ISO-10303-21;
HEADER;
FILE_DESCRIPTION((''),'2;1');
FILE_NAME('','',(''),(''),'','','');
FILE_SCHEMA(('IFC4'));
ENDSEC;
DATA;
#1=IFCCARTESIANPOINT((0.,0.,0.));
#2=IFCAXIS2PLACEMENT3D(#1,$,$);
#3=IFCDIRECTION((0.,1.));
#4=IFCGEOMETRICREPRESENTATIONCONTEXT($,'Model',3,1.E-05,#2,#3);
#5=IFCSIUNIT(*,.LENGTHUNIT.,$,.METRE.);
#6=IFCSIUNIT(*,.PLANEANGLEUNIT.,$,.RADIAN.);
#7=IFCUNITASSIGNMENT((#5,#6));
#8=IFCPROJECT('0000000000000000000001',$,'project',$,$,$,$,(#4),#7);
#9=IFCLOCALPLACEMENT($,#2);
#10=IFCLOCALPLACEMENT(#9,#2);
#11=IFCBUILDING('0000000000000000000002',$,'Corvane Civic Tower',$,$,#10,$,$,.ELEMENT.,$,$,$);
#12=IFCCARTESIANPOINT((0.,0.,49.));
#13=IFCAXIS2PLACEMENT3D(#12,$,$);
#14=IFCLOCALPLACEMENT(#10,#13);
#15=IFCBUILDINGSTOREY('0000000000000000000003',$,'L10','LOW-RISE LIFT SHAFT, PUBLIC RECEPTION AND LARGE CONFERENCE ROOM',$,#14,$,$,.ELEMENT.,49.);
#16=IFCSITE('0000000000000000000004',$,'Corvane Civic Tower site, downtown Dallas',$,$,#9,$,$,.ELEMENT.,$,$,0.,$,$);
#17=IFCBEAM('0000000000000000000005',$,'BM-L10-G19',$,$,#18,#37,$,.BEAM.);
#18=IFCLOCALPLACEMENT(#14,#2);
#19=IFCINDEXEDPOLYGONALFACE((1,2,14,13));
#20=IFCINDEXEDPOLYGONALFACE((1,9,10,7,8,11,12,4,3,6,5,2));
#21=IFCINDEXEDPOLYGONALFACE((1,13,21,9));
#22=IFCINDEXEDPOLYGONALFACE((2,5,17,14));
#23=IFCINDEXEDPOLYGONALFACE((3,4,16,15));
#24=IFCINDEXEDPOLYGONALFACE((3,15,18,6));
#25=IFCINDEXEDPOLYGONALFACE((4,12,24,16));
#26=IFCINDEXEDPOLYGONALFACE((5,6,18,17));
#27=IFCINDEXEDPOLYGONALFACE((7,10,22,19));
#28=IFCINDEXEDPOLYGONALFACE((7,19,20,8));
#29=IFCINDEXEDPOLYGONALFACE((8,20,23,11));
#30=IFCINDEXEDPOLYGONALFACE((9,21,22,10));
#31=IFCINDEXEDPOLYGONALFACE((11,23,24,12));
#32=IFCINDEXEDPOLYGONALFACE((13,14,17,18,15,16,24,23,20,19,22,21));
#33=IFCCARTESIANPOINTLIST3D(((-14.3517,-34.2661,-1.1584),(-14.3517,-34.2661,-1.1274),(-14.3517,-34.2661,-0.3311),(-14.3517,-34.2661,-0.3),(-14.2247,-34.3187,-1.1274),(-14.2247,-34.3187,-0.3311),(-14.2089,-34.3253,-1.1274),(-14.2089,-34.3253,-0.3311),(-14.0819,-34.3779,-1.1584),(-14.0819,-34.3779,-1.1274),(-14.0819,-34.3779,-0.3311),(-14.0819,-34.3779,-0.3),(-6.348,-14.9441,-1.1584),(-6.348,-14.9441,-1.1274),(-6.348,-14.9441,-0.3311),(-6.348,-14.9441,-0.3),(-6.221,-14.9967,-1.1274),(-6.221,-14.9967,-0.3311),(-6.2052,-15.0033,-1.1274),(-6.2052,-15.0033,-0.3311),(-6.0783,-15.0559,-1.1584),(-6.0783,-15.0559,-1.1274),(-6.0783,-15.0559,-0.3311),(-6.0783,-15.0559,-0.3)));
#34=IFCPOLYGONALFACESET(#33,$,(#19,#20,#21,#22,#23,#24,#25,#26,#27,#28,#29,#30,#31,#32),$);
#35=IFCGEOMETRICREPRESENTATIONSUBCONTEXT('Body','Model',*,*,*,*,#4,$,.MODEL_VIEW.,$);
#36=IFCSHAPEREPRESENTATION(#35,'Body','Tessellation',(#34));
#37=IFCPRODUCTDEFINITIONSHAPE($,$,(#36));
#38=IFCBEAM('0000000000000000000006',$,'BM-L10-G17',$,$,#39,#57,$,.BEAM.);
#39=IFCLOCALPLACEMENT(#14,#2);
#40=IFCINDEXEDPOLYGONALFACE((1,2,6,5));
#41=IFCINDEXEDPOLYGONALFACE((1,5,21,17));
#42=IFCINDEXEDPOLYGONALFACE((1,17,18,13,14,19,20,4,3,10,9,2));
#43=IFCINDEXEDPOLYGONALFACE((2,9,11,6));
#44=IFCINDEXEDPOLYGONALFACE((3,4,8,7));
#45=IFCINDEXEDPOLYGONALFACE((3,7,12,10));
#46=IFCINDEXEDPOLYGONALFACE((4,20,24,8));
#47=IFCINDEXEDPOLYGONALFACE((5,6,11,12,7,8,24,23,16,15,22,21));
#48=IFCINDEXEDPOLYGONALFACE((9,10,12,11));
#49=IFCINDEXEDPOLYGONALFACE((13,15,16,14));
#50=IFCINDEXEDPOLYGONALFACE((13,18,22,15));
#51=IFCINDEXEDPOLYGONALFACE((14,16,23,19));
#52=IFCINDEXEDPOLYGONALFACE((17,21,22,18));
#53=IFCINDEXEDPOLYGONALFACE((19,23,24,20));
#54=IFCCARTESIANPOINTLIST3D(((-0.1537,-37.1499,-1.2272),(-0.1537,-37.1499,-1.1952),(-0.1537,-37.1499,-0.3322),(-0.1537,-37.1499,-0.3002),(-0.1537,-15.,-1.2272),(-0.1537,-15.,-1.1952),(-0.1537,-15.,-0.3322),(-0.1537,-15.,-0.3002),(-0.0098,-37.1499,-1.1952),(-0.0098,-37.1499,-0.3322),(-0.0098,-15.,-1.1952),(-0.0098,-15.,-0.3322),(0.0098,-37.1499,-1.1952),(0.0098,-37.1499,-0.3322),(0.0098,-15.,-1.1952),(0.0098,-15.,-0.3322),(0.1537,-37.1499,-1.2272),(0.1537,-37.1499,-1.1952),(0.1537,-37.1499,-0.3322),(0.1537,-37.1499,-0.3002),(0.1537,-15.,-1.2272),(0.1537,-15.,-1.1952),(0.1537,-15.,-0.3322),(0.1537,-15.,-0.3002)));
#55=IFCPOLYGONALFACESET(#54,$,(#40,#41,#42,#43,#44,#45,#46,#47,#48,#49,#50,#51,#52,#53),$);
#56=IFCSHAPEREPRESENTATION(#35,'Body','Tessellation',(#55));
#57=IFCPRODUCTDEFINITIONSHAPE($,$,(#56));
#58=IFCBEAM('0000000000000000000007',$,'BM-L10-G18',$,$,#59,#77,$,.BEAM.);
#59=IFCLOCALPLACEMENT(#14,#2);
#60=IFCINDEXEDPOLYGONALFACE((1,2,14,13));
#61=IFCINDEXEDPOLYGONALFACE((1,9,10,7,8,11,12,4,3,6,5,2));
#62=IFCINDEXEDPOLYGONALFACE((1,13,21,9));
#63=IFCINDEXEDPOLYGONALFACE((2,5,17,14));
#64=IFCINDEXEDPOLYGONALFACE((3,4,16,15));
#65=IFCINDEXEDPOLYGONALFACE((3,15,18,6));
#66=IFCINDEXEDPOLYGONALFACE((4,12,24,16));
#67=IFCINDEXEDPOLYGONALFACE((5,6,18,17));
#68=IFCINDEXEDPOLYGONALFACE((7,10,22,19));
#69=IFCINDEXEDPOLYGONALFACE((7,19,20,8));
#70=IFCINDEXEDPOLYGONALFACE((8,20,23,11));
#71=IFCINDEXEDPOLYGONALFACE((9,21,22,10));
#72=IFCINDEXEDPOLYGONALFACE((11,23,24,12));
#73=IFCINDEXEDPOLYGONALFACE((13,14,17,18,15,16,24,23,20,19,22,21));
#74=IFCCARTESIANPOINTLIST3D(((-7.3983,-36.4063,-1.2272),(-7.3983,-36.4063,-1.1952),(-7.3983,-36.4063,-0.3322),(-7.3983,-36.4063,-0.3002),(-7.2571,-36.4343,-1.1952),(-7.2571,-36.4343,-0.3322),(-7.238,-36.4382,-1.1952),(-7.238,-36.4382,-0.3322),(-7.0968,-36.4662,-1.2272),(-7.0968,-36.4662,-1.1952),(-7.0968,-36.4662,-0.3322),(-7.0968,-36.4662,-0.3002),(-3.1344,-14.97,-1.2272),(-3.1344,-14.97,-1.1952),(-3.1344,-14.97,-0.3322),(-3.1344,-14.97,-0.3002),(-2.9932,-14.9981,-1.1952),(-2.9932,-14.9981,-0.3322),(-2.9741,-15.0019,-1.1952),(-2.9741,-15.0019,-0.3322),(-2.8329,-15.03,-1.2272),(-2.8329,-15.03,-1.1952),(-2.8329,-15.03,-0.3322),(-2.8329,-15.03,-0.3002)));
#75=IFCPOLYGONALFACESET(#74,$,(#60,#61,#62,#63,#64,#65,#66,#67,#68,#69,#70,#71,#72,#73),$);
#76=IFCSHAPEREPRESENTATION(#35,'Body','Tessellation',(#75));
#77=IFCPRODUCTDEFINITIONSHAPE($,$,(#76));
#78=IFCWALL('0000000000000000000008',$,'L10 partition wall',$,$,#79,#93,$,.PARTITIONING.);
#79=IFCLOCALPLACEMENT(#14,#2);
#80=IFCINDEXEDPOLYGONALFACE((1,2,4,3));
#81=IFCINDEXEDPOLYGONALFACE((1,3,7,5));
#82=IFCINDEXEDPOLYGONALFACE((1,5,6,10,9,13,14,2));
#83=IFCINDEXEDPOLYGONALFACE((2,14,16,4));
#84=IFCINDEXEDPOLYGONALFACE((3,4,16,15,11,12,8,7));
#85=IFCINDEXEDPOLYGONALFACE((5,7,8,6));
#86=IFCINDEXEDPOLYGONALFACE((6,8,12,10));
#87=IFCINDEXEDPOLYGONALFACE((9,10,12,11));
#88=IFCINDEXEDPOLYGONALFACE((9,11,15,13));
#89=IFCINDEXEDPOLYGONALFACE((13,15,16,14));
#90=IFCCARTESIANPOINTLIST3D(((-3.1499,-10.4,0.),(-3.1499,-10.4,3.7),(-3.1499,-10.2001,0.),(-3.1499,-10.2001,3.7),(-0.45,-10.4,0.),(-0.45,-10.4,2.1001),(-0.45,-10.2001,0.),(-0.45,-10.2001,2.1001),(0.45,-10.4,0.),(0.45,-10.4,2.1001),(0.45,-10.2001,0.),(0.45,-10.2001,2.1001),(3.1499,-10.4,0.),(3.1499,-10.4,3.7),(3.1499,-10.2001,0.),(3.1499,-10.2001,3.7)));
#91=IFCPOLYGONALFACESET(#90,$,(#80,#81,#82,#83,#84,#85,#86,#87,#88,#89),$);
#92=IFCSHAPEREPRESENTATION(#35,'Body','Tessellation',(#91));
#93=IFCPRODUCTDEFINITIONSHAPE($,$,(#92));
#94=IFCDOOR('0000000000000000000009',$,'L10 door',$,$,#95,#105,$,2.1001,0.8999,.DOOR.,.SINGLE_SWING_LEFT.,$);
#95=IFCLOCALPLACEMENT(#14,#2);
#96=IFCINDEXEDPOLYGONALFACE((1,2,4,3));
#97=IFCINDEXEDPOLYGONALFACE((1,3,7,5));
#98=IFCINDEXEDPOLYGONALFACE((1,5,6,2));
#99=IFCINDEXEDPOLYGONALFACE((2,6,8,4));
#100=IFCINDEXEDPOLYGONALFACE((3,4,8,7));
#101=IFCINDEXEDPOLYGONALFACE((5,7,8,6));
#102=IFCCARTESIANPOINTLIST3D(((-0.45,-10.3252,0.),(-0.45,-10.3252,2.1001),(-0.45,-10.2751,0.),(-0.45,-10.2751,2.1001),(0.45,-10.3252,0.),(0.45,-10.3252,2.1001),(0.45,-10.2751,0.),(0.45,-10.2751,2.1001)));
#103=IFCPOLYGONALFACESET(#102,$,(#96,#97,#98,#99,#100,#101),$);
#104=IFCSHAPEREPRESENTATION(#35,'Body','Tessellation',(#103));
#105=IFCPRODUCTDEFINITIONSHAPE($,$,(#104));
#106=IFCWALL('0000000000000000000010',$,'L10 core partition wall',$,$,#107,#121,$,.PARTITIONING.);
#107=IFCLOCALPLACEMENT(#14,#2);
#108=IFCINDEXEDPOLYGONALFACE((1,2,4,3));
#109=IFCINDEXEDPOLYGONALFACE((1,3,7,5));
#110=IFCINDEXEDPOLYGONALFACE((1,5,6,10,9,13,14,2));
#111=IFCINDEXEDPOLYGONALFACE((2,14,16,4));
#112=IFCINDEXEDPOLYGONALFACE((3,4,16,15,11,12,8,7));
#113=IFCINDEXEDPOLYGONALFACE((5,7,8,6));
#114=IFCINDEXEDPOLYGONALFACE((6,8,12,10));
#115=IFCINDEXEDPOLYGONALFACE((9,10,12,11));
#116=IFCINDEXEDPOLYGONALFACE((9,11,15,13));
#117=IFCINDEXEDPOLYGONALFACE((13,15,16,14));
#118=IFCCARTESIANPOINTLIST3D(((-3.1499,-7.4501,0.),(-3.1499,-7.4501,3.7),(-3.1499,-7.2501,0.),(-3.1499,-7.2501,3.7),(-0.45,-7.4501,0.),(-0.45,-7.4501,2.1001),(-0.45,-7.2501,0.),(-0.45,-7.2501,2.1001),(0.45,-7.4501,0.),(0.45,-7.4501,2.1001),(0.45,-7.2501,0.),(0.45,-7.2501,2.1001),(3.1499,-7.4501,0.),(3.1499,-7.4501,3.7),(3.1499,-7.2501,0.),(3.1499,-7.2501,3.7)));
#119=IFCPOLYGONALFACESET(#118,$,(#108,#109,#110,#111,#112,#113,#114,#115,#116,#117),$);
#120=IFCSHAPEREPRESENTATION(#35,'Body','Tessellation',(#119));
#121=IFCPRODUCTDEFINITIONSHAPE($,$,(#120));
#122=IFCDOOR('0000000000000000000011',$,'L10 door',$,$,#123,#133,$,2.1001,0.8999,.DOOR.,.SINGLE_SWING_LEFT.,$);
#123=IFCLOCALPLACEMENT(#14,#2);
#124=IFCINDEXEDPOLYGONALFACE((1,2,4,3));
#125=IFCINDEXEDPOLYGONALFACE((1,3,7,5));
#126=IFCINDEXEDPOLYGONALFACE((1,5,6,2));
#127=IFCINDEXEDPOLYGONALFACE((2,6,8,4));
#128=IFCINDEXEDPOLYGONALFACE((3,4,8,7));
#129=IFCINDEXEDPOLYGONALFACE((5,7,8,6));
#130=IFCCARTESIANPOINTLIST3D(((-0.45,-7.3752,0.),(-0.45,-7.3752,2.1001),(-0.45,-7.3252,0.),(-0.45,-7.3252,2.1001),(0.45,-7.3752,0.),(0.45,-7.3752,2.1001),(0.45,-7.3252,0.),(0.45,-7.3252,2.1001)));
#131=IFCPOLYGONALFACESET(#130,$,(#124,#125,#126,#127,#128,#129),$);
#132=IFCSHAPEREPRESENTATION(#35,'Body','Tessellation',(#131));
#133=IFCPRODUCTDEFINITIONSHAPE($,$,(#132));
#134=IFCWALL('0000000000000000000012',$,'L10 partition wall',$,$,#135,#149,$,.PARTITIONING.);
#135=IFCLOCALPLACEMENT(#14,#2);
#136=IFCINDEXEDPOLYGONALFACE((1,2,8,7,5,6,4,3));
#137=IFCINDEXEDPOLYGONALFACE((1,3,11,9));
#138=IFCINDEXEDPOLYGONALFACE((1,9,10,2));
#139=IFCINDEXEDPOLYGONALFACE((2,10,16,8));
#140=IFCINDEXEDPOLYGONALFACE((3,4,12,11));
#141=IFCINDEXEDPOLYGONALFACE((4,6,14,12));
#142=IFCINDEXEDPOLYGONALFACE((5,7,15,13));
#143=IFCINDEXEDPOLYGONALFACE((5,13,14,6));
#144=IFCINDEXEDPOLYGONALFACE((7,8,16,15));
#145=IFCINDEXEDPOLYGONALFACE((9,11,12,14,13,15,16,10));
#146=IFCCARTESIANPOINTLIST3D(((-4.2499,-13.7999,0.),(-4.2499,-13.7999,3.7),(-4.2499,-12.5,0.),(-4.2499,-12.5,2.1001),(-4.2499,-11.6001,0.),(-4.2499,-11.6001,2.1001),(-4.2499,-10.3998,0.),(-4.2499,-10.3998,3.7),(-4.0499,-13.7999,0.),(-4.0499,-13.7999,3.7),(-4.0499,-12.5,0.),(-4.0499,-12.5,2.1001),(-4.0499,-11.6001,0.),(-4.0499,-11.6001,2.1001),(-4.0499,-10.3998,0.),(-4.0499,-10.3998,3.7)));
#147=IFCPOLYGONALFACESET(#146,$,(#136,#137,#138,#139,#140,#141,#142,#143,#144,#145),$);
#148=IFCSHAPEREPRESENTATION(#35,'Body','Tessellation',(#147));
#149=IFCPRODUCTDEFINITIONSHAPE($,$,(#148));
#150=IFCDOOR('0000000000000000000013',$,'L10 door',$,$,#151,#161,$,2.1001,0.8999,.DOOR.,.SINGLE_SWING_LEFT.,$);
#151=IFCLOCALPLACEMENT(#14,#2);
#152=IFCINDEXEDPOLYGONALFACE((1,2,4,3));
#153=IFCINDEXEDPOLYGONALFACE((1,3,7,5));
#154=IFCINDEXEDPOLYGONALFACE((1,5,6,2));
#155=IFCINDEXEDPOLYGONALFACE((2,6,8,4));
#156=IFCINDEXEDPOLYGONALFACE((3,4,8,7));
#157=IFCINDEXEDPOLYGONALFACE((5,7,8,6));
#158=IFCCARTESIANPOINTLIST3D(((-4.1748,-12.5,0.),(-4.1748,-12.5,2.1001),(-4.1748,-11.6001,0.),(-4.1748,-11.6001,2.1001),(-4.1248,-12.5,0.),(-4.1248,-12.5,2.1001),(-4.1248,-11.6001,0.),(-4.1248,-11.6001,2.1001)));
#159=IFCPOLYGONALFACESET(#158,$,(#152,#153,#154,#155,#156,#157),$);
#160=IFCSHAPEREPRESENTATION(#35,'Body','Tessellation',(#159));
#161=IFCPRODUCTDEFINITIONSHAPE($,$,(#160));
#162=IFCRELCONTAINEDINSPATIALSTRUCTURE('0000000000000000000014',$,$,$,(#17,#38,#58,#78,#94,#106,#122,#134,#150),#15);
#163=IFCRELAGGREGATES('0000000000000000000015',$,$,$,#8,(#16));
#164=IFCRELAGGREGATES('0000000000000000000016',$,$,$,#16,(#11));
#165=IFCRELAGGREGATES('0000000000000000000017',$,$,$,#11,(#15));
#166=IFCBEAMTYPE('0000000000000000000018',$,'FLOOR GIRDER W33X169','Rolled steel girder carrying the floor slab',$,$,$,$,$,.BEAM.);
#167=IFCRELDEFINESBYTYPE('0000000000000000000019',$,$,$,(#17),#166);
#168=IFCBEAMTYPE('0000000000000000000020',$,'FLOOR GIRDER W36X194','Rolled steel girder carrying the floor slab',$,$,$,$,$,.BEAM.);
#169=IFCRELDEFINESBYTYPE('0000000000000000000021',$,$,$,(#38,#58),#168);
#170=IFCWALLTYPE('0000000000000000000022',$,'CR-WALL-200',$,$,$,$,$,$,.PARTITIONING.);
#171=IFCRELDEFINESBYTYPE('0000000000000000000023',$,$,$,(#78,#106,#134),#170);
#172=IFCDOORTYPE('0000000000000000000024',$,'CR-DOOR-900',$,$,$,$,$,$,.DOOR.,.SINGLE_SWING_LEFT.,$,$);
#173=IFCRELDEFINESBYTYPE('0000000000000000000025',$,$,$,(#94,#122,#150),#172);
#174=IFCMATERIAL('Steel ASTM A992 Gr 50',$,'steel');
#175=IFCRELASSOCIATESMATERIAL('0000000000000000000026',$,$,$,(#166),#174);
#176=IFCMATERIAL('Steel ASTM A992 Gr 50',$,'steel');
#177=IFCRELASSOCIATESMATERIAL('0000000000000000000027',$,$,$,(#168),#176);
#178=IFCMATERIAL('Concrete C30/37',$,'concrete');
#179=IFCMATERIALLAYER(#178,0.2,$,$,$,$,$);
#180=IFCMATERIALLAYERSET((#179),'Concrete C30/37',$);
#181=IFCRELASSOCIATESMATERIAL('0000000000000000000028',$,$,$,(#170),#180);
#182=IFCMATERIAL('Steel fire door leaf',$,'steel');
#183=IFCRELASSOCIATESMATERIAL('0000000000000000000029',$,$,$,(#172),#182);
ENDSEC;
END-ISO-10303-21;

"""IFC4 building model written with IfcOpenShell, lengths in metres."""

from ifc_helpers import new_model, si_unit, direction, frame, frame_2d, origin, origin_2d, place, context, subcontext, project, spatial, rectangle, i_section, extrude, material, layer, layer_set, material_profile, profile_set, type_object, element, fill, save


model = new_model("IFC4")

# Units and contexts
model_context = context("Model", 3, precision=1e-05, world=origin(), true_north=direction((0.0, 1.0)))
body_context = subcontext(model_context, "Body", "Model", "MODEL_VIEW")
ifc_project = project(units=[si_unit("LENGTHUNIT", "METRE"), si_unit("PLANEANGLEUNIT", "RADIAN")], contexts=[model_context])

# Site, building, storey
site_placement = place(None, origin())
site = spatial("IfcSite", under=ifc_project, at=site_placement, Name="Corvane Civic Tower site, downtown Dallas", CompositionType="ELEMENT", RefElevation=0.0)
building_placement = place(site_placement, origin())
building = spatial("IfcBuilding", under=site, at=building_placement, Name="Corvane Civic Tower", CompositionType="ELEMENT")
storey_placement = place(building_placement, frame((0.0, 0.0, 49.0)))
storey = spatial("IfcBuildingStorey", under=building, at=storey_placement, Name="L10", Description="LOW-RISE LIFT SHAFT, PUBLIC RECEPTION AND LARGE CONFERENCE ROOM", CompositionType="ELEMENT", Elevation=49.0)

# Beams
ifc_material_1 = material(Name="Steel ASTM A992 Gr 50", Category="steel")
ifc_material_profile_1 = material_profile(ifc_material_1, i_section(OverallWidth=0.292, OverallDepth=0.8584, WebThickness=0.0171, FlangeThickness=0.031, at=origin_2d()), Name="W33X169")
ifc_profile_set_1 = profile_set([ifc_material_profile_1], Name="Steel ASTM A992 Gr 50")
beam_type_1 = type_object("IfcBeamType", Name="FLOOR GIRDER W33X169", Description="Rolled steel girder carrying the floor slab", PredefinedType="BEAM", material=ifc_profile_set_1)
beam_1_placement = place(storey_placement, frame((-6.2131, -15.0, -0.7292), z_axis=(-0.382692, -0.923876, 0.0), x_axis=(0.923876, -0.382692, 0.0)))
element("IfcBeam", 1, at=beam_1_placement, inside=storey, type_object=beam_type_1, Name="BM-L10-G19", PredefinedType="BEAM", context=body_context, shape_type="SweptSolid", body=[
    extrude(i_section(OverallWidth=0.292, OverallDepth=0.8584, WebThickness=0.0171, FlangeThickness=0.031, at=origin_2d()), origin(), (0.0, 0.0, 1.0), 20.9141),
])
ifc_material_2 = material(Name="Steel ASTM A992 Gr 50", Category="steel")
ifc_material_profile_2 = material_profile(ifc_material_2, i_section(OverallWidth=0.3074, OverallDepth=0.927, WebThickness=0.0195, FlangeThickness=0.032, at=origin_2d()), Name="W36X194")
ifc_profile_set_2 = profile_set([ifc_material_profile_2], Name="Steel ASTM A992 Gr 50")
beam_type_2 = type_object("IfcBeamType", Name="FLOOR GIRDER W36X194", Description="Rolled steel girder carrying the floor slab", PredefinedType="BEAM", material=ifc_profile_set_2)
beam_2_placement = place(storey_placement, frame((0.0, -15.0, -0.7637), z_axis=(0.0, -1.0, 0.0), x_axis=(1.0, 0.0, 0.0)))
element("IfcBeam", 2, at=beam_2_placement, inside=storey, type_object=beam_type_2, Name="BM-L10-G17", PredefinedType="BEAM", context=body_context, shape_type="SweptSolid", body=[
    extrude(i_section(OverallWidth=0.3074, OverallDepth=0.927, WebThickness=0.0195, FlangeThickness=0.032, at=origin_2d()), origin(), (0.0, 0.0, 1.0), 22.1499),
])
beam_3_placement = place(storey_placement, frame((-2.9836, -15.0, -0.7637), z_axis=(-0.195089, -0.980785, 0.0), x_axis=(0.980785, -0.195089, 0.0)))
element("IfcBeam", 3, at=beam_3_placement, inside=storey, type_object=beam_type_2, Name="BM-L10-G18", PredefinedType="BEAM", context=body_context, shape_type="SweptSolid", body=[
    extrude(i_section(OverallWidth=0.3074, OverallDepth=0.927, WebThickness=0.0195, FlangeThickness=0.032, at=origin_2d()), origin(), (0.0, 0.0, 1.0), 21.8562),
])

# Walls, openings, doors
ifc_material_3 = material(Name="Concrete C30/37", Category="concrete")
ifc_layer = layer(ifc_material_3, 0.2)
ifc_layer_set = layer_set([ifc_layer], Name="Concrete C30/37")
wall_type = type_object("IfcWallType", Name="CR-WALL-200", PredefinedType="PARTITIONING", material=ifc_layer_set)
wall_1_placement = place(storey_placement, frame((-3.1499, -10.3, 0.0), z_axis=(0.0, 0.0, 1.0), x_axis=(1.0, 0.0, 0.0)))
wall_1 = element("IfcWall", 4, at=wall_1_placement, inside=storey, type_object=wall_type, Name="L10 partition wall", PredefinedType="PARTITIONING", context=body_context, shape_type="SweptSolid", body=[
    extrude(rectangle(XDim=6.2998, YDim=0.2, at=frame_2d((3.1499, 0.0))), origin(), (0.0, 0.0, 1.0), 3.7),
])
opening_1_placement = place(wall_1_placement, frame((2.7, 0.0, 0.0)))
opening_1 = element("IfcOpeningElement", 5, at=opening_1_placement, cuts=wall_1, PredefinedType="OPENING", context=body_context, shape_type="SweptSolid", body=[
    extrude(rectangle(XDim=0.8999, YDim=2.1001, at=frame_2d((0.45, 1.05))), frame((0.0, 0.1099, 0.0), z_axis=(0.0, -1.0, 0.0), x_axis=(1.0, 0.0, 0.0)), (0.0, 0.0, 1.0), 0.22),
])
ifc_material_4 = material(Name="Steel fire door leaf", Category="steel")
door_type_1 = type_object("IfcDoorType", Name="CR-DOOR-900", OperationType="SINGLE_SWING_LEFT", PredefinedType="DOOR", material=ifc_material_4)
door_1_placement = place(opening_1_placement, origin())
door_1 = element("IfcDoor", 6, at=door_1_placement, inside=storey, type_object=door_type_1, Name="L10 door", OperationType="SINGLE_SWING_LEFT", OverallHeight=2.1001, OverallWidth=0.8999, PredefinedType="DOOR", context=body_context, shape_type="SweptSolid", body=[
    extrude(rectangle(XDim=0.8999, YDim=2.1001, at=frame_2d((0.45, 1.05))), frame((0.0, 0.0249, 0.0), z_axis=(0.0, -1.0, 0.0), x_axis=(1.0, 0.0, 0.0)), (0.0, 0.0, 1.0), 0.05),
])
fill(opening_1, door_1)
wall_2_placement = place(storey_placement, frame((-3.1499, -7.3501, 0.0), z_axis=(0.0, 0.0, 1.0), x_axis=(1.0, 0.0, 0.0)))
wall_2 = element("IfcWall", 7, at=wall_2_placement, inside=storey, type_object=wall_type, Name="L10 core partition wall", PredefinedType="PARTITIONING", context=body_context, shape_type="SweptSolid", body=[
    extrude(rectangle(XDim=6.2998, YDim=0.2, at=frame_2d((3.1499, 0.0))), origin(), (0.0, 0.0, 1.0), 3.7),
])
opening_2_placement = place(wall_2_placement, frame((2.7, 0.0, 0.0)))
opening_2 = element("IfcOpeningElement", 8, at=opening_2_placement, cuts=wall_2, PredefinedType="OPENING", context=body_context, shape_type="SweptSolid", body=[
    extrude(rectangle(XDim=0.8999, YDim=2.1001, at=frame_2d((0.45, 1.05))), frame((0.0, 0.1099, 0.0), z_axis=(0.0, -1.0, 0.0), x_axis=(1.0, 0.0, 0.0)), (0.0, 0.0, 1.0), 0.22),
])
door_2_placement = place(opening_2_placement, origin())
door_2 = element("IfcDoor", 9, at=door_2_placement, inside=storey, type_object=door_type_1, Name="L10 door", OperationType="SINGLE_SWING_LEFT", OverallHeight=2.1001, OverallWidth=0.8999, PredefinedType="DOOR", context=body_context, shape_type="SweptSolid", body=[
    extrude(rectangle(XDim=0.8999, YDim=2.1001, at=frame_2d((0.45, 1.05))), frame((0.0, 0.0249, 0.0), z_axis=(0.0, -1.0, 0.0), x_axis=(1.0, 0.0, 0.0)), (0.0, 0.0, 1.0), 0.05),
])
fill(opening_2, door_2)
wall_3_placement = place(storey_placement, frame((-4.1499, -13.8, 0.0), z_axis=(0.0, 0.0, 1.0), x_axis=(0.0, 1.0, 0.0)))
wall_3 = element("IfcWall", 10, at=wall_3_placement, inside=storey, type_object=wall_type, Name="L10 partition wall", PredefinedType="PARTITIONING", context=body_context, shape_type="SweptSolid", body=[
    extrude(rectangle(XDim=3.4001, YDim=0.2, at=frame_2d((1.7002, 0.0))), origin(), (0.0, 0.0, 1.0), 3.7),
])
opening_3_placement = place(wall_3_placement, frame((1.3, 0.0, 0.0)))
opening_3 = element("IfcOpeningElement", 11, at=opening_3_placement, cuts=wall_3, PredefinedType="OPENING", context=body_context, shape_type="SweptSolid", body=[
    extrude(rectangle(XDim=0.8999, YDim=2.1001, at=frame_2d((0.45, 1.05))), frame((0.0, 0.1099, 0.0), z_axis=(0.0, -1.0, 0.0), x_axis=(1.0, 0.0, 0.0)), (0.0, 0.0, 1.0), 0.22),
])
door_3_placement = place(opening_3_placement, origin())
door_3 = element("IfcDoor", 12, at=door_3_placement, inside=storey, type_object=door_type_1, Name="L10 door", OperationType="SINGLE_SWING_LEFT", OverallHeight=2.1001, OverallWidth=0.8999, PredefinedType="DOOR", context=body_context, shape_type="SweptSolid", body=[
    extrude(rectangle(XDim=0.8999, YDim=2.1001, at=frame_2d((0.45, 1.05))), frame((0.0, 0.0249, 0.0), z_axis=(0.0, -1.0, 0.0), x_axis=(1.0, 0.0, 0.0)), (0.0, 0.0, 1.0), 0.05),
])
fill(opening_3, door_3)

save(model, "model.ifc")
